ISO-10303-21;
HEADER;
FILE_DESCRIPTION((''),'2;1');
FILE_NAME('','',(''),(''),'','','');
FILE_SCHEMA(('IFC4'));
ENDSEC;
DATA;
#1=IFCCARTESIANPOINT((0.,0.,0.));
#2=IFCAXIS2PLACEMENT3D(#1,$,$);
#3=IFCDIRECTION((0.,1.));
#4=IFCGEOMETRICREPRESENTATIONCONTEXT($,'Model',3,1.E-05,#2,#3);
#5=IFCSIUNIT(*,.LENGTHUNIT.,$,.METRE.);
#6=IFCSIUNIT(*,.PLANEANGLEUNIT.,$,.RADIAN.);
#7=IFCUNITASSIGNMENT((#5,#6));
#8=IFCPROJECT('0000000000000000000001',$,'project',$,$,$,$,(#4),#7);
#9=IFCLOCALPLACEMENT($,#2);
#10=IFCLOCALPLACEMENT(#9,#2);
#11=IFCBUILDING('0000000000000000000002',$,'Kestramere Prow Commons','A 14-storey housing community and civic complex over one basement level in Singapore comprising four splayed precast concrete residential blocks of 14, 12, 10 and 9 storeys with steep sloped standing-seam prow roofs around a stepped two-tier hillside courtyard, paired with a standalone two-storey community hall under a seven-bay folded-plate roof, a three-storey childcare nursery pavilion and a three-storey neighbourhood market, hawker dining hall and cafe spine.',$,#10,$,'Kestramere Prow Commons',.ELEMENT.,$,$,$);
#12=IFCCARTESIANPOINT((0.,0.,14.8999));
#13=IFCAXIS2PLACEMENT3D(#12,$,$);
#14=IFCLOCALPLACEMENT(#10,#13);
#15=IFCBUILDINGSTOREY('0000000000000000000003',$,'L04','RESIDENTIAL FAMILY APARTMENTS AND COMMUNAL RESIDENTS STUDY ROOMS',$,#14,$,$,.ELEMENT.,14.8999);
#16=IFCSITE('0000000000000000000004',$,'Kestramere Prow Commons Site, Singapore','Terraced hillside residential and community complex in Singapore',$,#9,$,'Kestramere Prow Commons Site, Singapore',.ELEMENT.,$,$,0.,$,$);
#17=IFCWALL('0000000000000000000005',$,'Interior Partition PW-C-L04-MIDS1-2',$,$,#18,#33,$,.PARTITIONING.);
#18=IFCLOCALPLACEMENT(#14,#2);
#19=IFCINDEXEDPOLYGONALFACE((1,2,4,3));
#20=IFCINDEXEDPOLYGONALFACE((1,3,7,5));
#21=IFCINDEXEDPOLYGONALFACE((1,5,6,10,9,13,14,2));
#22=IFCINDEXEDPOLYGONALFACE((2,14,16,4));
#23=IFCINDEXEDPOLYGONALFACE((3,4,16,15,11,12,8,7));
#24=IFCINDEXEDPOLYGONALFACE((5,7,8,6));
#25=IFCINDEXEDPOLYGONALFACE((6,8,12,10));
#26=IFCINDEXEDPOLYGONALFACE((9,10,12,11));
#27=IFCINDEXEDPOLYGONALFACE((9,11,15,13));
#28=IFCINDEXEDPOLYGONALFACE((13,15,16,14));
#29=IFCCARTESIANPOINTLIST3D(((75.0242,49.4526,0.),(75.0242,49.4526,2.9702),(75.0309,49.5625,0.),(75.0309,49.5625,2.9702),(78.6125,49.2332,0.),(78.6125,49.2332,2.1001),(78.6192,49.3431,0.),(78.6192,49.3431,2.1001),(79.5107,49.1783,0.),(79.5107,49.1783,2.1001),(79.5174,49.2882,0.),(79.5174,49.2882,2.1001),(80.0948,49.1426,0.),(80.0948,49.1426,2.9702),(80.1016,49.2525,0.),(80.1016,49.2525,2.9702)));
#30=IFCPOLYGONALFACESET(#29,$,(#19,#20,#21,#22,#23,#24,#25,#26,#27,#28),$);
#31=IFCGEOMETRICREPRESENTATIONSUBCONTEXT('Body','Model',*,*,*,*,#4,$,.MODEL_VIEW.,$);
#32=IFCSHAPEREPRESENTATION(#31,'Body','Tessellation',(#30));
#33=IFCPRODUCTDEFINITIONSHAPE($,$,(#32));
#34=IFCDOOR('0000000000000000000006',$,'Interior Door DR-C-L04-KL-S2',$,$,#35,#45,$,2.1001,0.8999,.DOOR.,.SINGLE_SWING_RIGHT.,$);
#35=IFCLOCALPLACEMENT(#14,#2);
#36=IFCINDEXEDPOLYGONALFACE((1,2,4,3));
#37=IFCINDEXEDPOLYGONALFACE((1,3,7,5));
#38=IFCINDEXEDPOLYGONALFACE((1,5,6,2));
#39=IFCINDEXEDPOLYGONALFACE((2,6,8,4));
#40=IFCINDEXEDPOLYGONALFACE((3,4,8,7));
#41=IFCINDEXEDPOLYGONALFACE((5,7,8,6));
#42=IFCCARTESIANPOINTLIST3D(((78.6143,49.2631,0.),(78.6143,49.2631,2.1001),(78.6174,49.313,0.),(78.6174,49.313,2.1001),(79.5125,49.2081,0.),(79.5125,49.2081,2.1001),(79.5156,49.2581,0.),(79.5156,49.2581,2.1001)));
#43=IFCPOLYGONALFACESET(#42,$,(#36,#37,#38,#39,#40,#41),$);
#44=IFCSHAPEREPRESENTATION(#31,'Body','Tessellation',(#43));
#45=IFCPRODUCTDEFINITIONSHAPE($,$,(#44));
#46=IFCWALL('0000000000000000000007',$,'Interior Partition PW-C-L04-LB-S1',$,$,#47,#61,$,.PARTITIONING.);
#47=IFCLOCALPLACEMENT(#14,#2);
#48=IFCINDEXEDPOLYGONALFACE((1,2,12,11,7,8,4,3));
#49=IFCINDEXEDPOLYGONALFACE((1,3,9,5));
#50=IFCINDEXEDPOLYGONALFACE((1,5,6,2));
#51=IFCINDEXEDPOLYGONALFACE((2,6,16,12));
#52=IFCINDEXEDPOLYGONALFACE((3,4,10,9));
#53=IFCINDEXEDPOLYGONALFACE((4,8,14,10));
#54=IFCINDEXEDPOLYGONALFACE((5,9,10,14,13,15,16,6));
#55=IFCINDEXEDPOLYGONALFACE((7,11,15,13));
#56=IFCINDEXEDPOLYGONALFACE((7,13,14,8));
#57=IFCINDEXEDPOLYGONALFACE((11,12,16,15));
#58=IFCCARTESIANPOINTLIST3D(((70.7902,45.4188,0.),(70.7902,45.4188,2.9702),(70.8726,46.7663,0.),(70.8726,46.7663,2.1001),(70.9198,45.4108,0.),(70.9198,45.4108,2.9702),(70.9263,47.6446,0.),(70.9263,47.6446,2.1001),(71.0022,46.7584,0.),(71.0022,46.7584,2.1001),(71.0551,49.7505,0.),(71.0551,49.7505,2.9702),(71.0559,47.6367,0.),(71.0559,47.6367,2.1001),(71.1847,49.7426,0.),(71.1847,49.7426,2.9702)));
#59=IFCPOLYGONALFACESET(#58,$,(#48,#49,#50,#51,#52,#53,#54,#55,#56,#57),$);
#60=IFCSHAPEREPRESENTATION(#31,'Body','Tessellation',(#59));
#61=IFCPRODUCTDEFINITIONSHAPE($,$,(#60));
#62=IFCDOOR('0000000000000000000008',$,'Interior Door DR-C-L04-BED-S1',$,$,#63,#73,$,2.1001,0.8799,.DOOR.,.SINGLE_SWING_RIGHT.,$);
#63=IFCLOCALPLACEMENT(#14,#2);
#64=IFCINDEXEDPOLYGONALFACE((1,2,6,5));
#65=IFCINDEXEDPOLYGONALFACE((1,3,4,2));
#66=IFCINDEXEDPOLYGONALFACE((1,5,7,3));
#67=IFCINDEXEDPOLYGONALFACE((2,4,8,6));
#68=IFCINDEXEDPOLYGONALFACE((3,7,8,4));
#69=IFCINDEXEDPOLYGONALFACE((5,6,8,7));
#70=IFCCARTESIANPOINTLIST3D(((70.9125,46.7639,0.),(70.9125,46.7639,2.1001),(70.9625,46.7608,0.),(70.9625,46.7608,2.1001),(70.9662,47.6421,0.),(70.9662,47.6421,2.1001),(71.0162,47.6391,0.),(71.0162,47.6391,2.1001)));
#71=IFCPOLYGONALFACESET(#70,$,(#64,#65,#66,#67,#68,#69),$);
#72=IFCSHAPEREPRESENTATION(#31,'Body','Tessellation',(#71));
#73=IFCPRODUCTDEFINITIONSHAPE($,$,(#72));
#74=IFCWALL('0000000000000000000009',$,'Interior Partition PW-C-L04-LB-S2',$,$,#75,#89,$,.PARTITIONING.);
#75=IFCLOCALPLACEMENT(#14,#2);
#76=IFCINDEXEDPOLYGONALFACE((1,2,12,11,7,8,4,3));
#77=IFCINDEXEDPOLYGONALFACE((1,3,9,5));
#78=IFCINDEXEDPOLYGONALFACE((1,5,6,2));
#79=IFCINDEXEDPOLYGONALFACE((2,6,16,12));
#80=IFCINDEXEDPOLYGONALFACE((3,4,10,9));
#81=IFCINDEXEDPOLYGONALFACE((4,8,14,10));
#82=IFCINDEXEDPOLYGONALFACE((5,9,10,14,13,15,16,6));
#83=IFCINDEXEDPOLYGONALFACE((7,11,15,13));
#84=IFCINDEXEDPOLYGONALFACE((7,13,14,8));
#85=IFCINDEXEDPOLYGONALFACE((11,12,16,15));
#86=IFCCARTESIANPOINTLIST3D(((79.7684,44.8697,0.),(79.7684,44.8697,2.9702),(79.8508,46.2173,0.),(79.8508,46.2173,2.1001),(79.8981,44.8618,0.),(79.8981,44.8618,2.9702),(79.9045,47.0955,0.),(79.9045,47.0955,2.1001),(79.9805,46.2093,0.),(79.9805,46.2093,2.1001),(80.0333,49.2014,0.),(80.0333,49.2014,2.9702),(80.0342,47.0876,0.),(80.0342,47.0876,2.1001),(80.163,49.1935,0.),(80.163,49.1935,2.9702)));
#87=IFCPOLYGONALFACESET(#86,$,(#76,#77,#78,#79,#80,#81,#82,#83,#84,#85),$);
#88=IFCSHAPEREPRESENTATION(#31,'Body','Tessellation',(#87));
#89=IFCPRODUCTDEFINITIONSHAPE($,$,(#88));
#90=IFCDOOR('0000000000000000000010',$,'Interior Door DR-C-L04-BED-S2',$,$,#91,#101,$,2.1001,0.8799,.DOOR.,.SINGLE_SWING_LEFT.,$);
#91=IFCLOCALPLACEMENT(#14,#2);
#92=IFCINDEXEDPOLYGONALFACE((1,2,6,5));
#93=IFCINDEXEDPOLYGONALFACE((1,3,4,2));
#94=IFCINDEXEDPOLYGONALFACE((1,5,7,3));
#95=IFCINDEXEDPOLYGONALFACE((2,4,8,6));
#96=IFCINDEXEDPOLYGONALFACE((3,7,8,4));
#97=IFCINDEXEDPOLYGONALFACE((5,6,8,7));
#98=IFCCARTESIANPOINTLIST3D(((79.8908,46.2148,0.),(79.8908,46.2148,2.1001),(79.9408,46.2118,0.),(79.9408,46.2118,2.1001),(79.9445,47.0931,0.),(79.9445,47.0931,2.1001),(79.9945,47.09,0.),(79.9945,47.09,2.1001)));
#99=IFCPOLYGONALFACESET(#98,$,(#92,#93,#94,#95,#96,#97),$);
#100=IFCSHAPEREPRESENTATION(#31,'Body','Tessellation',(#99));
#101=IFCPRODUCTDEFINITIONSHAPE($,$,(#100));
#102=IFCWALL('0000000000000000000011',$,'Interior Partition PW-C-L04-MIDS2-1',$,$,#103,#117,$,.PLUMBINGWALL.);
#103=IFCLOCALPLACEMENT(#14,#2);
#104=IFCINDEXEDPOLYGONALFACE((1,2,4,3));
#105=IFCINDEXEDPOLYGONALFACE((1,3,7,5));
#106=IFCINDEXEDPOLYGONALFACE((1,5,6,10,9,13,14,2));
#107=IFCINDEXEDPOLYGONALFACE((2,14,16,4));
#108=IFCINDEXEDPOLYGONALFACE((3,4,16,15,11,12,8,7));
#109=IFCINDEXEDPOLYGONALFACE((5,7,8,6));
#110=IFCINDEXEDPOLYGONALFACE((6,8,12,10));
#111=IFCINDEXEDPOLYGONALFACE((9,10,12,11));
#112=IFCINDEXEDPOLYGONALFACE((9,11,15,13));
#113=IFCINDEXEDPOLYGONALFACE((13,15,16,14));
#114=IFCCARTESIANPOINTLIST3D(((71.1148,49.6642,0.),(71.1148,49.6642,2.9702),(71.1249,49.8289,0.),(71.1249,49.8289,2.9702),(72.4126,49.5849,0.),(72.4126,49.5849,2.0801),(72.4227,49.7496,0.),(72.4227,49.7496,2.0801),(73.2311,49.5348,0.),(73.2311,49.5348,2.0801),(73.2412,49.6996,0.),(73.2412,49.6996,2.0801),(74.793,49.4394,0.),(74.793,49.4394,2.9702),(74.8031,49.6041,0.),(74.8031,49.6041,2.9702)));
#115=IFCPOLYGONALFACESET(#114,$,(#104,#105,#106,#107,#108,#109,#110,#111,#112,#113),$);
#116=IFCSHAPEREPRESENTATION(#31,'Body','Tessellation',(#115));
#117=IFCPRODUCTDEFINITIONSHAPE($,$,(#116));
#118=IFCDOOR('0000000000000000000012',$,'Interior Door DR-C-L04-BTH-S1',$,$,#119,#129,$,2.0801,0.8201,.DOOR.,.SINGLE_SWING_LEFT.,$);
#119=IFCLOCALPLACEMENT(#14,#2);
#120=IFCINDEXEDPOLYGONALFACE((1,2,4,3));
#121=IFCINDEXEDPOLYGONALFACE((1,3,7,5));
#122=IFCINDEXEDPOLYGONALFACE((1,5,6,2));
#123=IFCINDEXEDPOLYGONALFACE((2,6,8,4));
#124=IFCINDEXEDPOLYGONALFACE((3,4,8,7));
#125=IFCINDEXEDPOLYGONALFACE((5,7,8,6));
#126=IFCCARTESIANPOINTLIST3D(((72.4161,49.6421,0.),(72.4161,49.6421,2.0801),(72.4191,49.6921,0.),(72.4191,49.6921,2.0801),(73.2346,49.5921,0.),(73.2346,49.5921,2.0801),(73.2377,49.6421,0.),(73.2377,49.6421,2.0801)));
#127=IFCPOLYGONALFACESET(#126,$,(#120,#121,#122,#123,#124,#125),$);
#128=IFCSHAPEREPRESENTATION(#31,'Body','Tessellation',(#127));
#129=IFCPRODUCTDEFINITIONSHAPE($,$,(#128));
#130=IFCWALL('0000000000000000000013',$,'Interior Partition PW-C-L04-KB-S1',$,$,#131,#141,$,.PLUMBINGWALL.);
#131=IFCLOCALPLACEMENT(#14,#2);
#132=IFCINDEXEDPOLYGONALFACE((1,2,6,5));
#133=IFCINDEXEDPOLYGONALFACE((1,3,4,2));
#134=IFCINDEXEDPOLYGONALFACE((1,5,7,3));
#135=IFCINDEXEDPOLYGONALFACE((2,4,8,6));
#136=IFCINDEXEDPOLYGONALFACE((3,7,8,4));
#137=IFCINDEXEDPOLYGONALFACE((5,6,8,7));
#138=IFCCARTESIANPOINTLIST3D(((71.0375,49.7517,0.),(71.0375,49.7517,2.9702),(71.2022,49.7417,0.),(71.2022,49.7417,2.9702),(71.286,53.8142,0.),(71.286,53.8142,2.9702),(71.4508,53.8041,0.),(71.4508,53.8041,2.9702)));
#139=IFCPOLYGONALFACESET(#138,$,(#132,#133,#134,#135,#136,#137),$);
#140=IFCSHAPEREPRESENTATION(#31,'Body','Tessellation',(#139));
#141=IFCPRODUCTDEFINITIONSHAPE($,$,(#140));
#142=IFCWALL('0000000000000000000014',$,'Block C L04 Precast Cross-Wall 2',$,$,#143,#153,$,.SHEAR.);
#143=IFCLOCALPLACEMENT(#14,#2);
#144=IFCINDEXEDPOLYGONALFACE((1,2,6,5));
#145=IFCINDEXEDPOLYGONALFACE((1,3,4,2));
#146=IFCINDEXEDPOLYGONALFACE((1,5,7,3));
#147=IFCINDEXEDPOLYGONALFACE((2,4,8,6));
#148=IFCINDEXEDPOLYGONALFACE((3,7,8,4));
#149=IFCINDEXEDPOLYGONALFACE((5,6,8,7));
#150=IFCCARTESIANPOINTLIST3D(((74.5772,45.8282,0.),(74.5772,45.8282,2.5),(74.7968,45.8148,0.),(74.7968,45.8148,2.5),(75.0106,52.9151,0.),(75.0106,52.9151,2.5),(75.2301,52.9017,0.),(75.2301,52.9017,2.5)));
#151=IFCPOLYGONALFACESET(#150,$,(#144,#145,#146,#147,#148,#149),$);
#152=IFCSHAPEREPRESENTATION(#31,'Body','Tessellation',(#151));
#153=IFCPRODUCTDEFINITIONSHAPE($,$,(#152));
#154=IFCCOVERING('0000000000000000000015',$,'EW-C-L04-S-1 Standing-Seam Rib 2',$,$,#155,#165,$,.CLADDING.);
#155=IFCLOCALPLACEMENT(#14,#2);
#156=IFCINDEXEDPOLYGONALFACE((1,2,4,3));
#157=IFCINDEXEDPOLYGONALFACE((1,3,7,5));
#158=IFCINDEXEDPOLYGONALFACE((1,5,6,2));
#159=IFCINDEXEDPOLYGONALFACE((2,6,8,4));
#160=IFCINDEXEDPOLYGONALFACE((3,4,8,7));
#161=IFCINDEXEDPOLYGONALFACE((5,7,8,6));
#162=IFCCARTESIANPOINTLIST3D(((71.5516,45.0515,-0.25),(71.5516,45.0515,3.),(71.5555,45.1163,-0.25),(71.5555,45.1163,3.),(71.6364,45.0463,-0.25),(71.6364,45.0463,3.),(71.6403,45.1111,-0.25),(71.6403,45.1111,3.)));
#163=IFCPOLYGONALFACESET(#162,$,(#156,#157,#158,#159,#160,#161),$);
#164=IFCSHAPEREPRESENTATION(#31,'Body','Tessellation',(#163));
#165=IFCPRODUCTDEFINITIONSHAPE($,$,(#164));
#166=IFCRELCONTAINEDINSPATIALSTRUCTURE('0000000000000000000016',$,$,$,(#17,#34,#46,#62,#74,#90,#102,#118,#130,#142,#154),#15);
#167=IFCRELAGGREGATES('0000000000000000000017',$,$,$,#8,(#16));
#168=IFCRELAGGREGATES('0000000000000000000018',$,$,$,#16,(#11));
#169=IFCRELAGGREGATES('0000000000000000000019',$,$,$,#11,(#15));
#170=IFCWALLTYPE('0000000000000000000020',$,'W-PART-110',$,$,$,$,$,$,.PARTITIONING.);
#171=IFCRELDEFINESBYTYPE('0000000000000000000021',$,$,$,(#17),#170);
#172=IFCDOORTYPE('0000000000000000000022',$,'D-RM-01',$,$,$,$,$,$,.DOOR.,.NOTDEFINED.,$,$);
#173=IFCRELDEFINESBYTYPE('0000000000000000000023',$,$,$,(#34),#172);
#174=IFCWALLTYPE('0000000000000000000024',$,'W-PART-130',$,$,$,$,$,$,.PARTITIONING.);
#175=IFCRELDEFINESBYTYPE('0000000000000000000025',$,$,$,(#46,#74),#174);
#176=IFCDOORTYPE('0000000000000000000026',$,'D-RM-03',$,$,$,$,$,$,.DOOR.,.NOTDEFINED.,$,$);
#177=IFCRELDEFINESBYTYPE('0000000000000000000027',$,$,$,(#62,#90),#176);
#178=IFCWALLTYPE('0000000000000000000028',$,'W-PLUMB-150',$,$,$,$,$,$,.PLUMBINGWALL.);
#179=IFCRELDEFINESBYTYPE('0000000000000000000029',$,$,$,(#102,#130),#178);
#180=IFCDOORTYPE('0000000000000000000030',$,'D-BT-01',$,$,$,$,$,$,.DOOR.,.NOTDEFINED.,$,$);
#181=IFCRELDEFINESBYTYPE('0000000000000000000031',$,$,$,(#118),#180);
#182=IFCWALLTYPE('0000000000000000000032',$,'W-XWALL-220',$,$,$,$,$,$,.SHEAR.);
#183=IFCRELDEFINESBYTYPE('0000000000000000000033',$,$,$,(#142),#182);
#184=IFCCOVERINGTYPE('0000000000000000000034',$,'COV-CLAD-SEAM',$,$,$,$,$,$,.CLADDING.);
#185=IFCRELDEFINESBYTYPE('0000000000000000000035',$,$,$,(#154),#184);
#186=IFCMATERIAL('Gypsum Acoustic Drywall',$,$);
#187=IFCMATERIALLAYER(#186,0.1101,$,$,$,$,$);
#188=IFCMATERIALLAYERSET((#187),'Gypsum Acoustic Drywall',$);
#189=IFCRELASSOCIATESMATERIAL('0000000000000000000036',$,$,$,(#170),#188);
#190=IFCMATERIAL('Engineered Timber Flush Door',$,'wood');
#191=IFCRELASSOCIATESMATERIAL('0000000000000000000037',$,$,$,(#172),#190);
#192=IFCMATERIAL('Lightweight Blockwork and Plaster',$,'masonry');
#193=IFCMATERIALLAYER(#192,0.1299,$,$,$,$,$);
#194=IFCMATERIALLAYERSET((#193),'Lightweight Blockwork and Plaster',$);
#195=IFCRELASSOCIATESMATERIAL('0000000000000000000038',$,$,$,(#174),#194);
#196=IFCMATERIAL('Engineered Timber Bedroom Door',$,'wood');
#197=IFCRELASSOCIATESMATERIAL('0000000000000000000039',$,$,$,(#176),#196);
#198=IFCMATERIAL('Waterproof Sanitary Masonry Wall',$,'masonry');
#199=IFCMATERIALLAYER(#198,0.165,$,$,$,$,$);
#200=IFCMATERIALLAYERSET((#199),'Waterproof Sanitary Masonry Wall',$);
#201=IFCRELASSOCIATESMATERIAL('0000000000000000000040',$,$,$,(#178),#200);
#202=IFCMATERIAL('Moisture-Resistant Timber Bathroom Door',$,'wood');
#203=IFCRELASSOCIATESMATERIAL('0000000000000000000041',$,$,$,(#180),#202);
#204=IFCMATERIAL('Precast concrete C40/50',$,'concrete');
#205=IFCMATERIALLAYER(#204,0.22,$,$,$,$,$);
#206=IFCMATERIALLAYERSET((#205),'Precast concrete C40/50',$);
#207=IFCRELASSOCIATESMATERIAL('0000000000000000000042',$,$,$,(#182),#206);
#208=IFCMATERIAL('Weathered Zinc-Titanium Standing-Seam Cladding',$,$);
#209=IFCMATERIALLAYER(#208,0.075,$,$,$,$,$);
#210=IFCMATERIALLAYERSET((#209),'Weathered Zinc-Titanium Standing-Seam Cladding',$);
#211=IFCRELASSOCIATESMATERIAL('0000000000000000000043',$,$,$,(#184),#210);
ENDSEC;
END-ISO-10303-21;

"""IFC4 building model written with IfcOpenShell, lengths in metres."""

from ifc_helpers import new_model, si_unit, direction, frame, frame_2d, origin, origin_2d, place, context, subcontext, project, spatial, rectangle, extrude, material, layer, layer_set, type_object, element, fill, save


model = new_model("IFC4")

# Units and contexts
model_context = context("Model", 3, precision=1e-05, world=origin(), true_north=direction((0.0, 1.0)))
body_context = subcontext(model_context, "Body", "Model", "MODEL_VIEW")
ifc_project = project(units=[si_unit("LENGTHUNIT", "METRE"), si_unit("PLANEANGLEUNIT", "RADIAN")], contexts=[model_context])

# Site, building, storey
site_placement = place(None, origin())
site = spatial("IfcSite", under=ifc_project, at=site_placement, Name="Kestramere Prow Commons Site, Singapore", Description="Terraced hillside residential and community complex in Singapore", LongName="Kestramere Prow Commons Site, Singapore", CompositionType="ELEMENT", RefElevation=0.0)
building_placement = place(site_placement, origin())
building = spatial("IfcBuilding", under=site, at=building_placement, Name="Kestramere Prow Commons", Description="A 14-storey housing community and civic complex over one basement level in Singapore comprising four splayed precast concrete residential blocks of 14, 12, 10 and 9 storeys with steep sloped standing-seam prow roofs around a stepped two-tier hillside courtyard, paired with a standalone two-storey community hall under a seven-bay folded-plate roof, a three-storey childcare nursery pavilion and a three-storey neighbourhood market, hawker dining hall and cafe spine.", LongName="Kestramere Prow Commons", CompositionType="ELEMENT")
storey_placement = place(building_placement, frame((0.0, 0.0, 14.8999)))
storey = spatial("IfcBuildingStorey", under=building, at=storey_placement, Name="L04", Description="RESIDENTIAL FAMILY APARTMENTS AND COMMUNAL RESIDENTS STUDY ROOMS", CompositionType="ELEMENT", Elevation=14.8999)

# Shared definitions
ifc_material_1 = material(Name="Precast concrete C40/50", Category="concrete")

# Walls, openings, doors
ifc_material_2 = material(Name="Gypsum Acoustic Drywall")
ifc_layer_1 = layer(ifc_material_2, 0.1101)
ifc_layer_set_1 = layer_set([ifc_layer_1], Name="Gypsum Acoustic Drywall")
wall_type_1 = type_object("IfcWallType", Name="W-PART-110", PredefinedType="PARTITIONING", material=ifc_layer_set_1)
wall_1_placement = place(storey_placement, frame((75.0276, 49.5076, 0.0), z_axis=(0.0, 0.0, 1.0), x_axis=(0.998136, -0.061035, 0.0)))
wall_1 = element("IfcWall", 1, at=wall_1_placement, inside=storey, type_object=wall_type_1, Name="Interior Partition PW-C-L04-MIDS1-2", PredefinedType="PARTITIONING", context=body_context, shape_type="SweptSolid", body=[
    extrude(rectangle(XDim=5.0801, YDim=0.1101, at=frame_2d((2.54, 0.0))), origin(), (0.0, 0.0, 1.0), 2.9702),
])
opening_1_placement = place(wall_1_placement, frame((3.595, 0.0, 0.0)))
opening_1 = element("IfcOpeningElement", 2, at=opening_1_placement, cuts=wall_1, PredefinedType="OPENING", context=body_context, shape_type="SweptSolid", body=[
    extrude(rectangle(XDim=0.8999, YDim=2.1001, at=frame_2d((0.45, 1.05))), frame((0.0, 0.0701, 0.0), z_axis=(0.0, -1.0, 0.0), x_axis=(1.0, 0.0, 0.0)), (0.0, 0.0, 1.0), 0.1401),
])
ifc_material_3 = material(Name="Engineered Timber Flush Door", Category="wood")
door_type_1 = type_object("IfcDoorType", Name="D-RM-01", OperationType="NOTDEFINED", PredefinedType="DOOR", material=ifc_material_3)
door_1_placement = place(opening_1_placement, origin())
door_1 = element("IfcDoor", 3, at=door_1_placement, inside=storey, type_object=door_type_1, Name="Interior Door DR-C-L04-KL-S2", OperationType="SINGLE_SWING_RIGHT", OverallHeight=2.1001, OverallWidth=0.8999, PredefinedType="DOOR", context=body_context, shape_type="SweptSolid", body=[
    extrude(rectangle(XDim=0.8999, YDim=2.1001, at=frame_2d((0.45, 1.05))), frame((0.0, 0.0249, 0.0), z_axis=(0.0, -1.0, 0.0), x_axis=(1.0, 0.0, 0.0)), (0.0, 0.0, 1.0), 0.05),
])
fill(opening_1, door_1)
ifc_material_4 = material(Name="Lightweight Blockwork and Plaster", Category="masonry")
ifc_layer_2 = layer(ifc_material_4, 0.1299)
ifc_layer_set_2 = layer_set([ifc_layer_2], Name="Lightweight Blockwork and Plaster")
wall_type_2 = type_object("IfcWallType", Name="W-PART-130", PredefinedType="PARTITIONING", material=ifc_layer_set_2)
wall_2_placement = place(storey_placement, frame((70.855, 45.4148, 0.0), z_axis=(0.0, 0.0, 1.0), x_axis=(0.061037, 0.998136, 0.0)))
wall_2 = element("IfcWall", 4, at=wall_2_placement, inside=storey, type_object=wall_type_2, Name="Interior Partition PW-C-L04-LB-S1", PredefinedType="PARTITIONING", context=body_context, shape_type="SweptSolid", body=[
    extrude(rectangle(XDim=4.3398, YDim=0.1299, at=frame_2d((2.1699, 0.0))), origin(), (0.0, 0.0, 1.0), 2.9702),
])
opening_2_placement = place(wall_2_placement, frame((1.3501, 0.0, 0.0)))
opening_2 = element("IfcOpeningElement", 5, at=opening_2_placement, cuts=wall_2, PredefinedType="OPENING", context=body_context, shape_type="SweptSolid", body=[
    extrude(rectangle(XDim=0.8799, YDim=2.1001, at=frame_2d((0.4399, 1.05))), frame((0.0, 0.0798, 0.0), z_axis=(0.0, -1.0, 0.0), x_axis=(1.0, 0.0, 0.0)), (0.0, 0.0, 1.0), 0.1599),
])
ifc_material_5 = material(Name="Engineered Timber Bedroom Door", Category="wood")
door_type_2 = type_object("IfcDoorType", Name="D-RM-03", OperationType="NOTDEFINED", PredefinedType="DOOR", material=ifc_material_5)
door_2_placement = place(opening_2_placement, origin())
door_2 = element("IfcDoor", 6, at=door_2_placement, inside=storey, type_object=door_type_2, Name="Interior Door DR-C-L04-BED-S1", OperationType="SINGLE_SWING_RIGHT", OverallHeight=2.1001, OverallWidth=0.8799, PredefinedType="DOOR", context=body_context, shape_type="SweptSolid", body=[
    extrude(rectangle(XDim=0.8799, YDim=2.1001, at=frame_2d((0.4399, 1.05))), frame((0.0, 0.0249, 0.0), z_axis=(0.0, -1.0, 0.0), x_axis=(1.0, 0.0, 0.0)), (0.0, 0.0, 1.0), 0.05),
])
fill(opening_2, door_2)
wall_3_placement = place(storey_placement, frame((79.8333, 44.8657, 0.0), z_axis=(0.0, 0.0, 1.0), x_axis=(0.061037, 0.998136, 0.0)))
wall_3 = element("IfcWall", 7, at=wall_3_placement, inside=storey, type_object=wall_type_2, Name="Interior Partition PW-C-L04-LB-S2", PredefinedType="PARTITIONING", context=body_context, shape_type="SweptSolid", body=[
    extrude(rectangle(XDim=4.3398, YDim=0.1299, at=frame_2d((2.1699, 0.0))), origin(), (0.0, 0.0, 1.0), 2.9702),
])
opening_3_placement = place(wall_3_placement, frame((1.3501, 0.0, 0.0)))
opening_3 = element("IfcOpeningElement", 8, at=opening_3_placement, cuts=wall_3, PredefinedType="OPENING", context=body_context, shape_type="SweptSolid", body=[
    extrude(rectangle(XDim=0.8799, YDim=2.1001, at=frame_2d((0.4399, 1.05))), frame((0.0, 0.0798, 0.0), z_axis=(0.0, -1.0, 0.0), x_axis=(1.0, 0.0, 0.0)), (0.0, 0.0, 1.0), 0.1599),
])
door_3_placement = place(opening_3_placement, origin())
door_3 = element("IfcDoor", 9, at=door_3_placement, inside=storey, type_object=door_type_2, Name="Interior Door DR-C-L04-BED-S2", OperationType="SINGLE_SWING_LEFT", OverallHeight=2.1001, OverallWidth=0.8799, PredefinedType="DOOR", context=body_context, shape_type="SweptSolid", body=[
    extrude(rectangle(XDim=0.8799, YDim=2.1001, at=frame_2d((0.4399, 1.05))), frame((0.0, 0.0249, 0.0), z_axis=(0.0, -1.0, 0.0), x_axis=(1.0, 0.0, 0.0)), (0.0, 0.0, 1.0), 0.05),
])
fill(opening_3, door_3)
ifc_material_6 = material(Name="Waterproof Sanitary Masonry Wall", Category="masonry")
ifc_layer_3 = layer(ifc_material_6, 0.165)
ifc_layer_set_3 = layer_set([ifc_layer_3], Name="Waterproof Sanitary Masonry Wall")
wall_type_3 = type_object("IfcWallType", Name="W-PLUMB-150", PredefinedType="PLUMBINGWALL", material=ifc_layer_set_3)
wall_4_placement = place(storey_placement, frame((71.1199, 49.7466, 0.0), z_axis=(0.0, 0.0, 1.0), x_axis=(0.998137, -0.061017, 0.0)))
wall_4 = element("IfcWall", 10, at=wall_4_placement, inside=storey, type_object=wall_type_3, Name="Interior Partition PW-C-L04-MIDS2-1", PredefinedType="PLUMBINGWALL", context=body_context, shape_type="SweptSolid", body=[
    extrude(rectangle(XDim=3.6851, YDim=0.165, at=frame_2d((1.8425, 0.0))), origin(), (0.0, 0.0, 1.0), 2.9702),
])
opening_4_placement = place(wall_4_placement, frame((1.3, 0.0, 0.0)))
opening_4 = element("IfcOpeningElement", 11, at=opening_4_placement, cuts=wall_4, PredefinedType="OPENING", context=body_context, shape_type="SweptSolid", body=[
    extrude(rectangle(XDim=0.8201, YDim=2.0801, at=frame_2d((0.4102, 1.04))), frame((0.0, 0.0974, 0.0), z_axis=(0.0, -1.0, 0.0), x_axis=(1.0, 0.0, 0.0)), (0.0, 0.0, 1.0), 0.1951),
])
ifc_material_7 = material(Name="Moisture-Resistant Timber Bathroom Door", Category="wood")
door_type_3 = type_object("IfcDoorType", Name="D-BT-01", OperationType="NOTDEFINED", PredefinedType="DOOR", material=ifc_material_7)
door_4_placement = place(opening_4_placement, origin())
door_4 = element("IfcDoor", 12, at=door_4_placement, inside=storey, type_object=door_type_3, Name="Interior Door DR-C-L04-BTH-S1", OperationType="SINGLE_SWING_LEFT", OverallHeight=2.0801, OverallWidth=0.8201, PredefinedType="DOOR", context=body_context, shape_type="SweptSolid", body=[
    extrude(rectangle(XDim=0.8201, YDim=2.0801, at=frame_2d((0.4102, 1.04))), frame((0.0, 0.0249, 0.0), z_axis=(0.0, -1.0, 0.0), x_axis=(1.0, 0.0, 0.0)), (0.0, 0.0, 1.0), 0.05),
])
fill(opening_4, door_4)

# Walls
wall_5_placement = place(storey_placement, frame((71.1199, 49.7466, 0.0), z_axis=(0.0, 0.0, 1.0), x_axis=(0.061064, 0.998134, 0.0)))
element("IfcWall", 13, at=wall_5_placement, inside=storey, type_object=wall_type_3, Name="Interior Partition PW-C-L04-KB-S1", PredefinedType="PLUMBINGWALL", context=body_context, shape_type="SweptSolid", body=[
    extrude(rectangle(XDim=4.0701, YDim=0.165, at=frame_2d((2.0352, 0.0))), origin(), (0.0, 0.0, 1.0), 2.9702),
])
ifc_layer_4 = layer(ifc_material_1, 0.22)
ifc_layer_set_4 = layer_set([ifc_layer_4], Name="Precast concrete C40/50")
wall_type_4 = type_object("IfcWallType", Name="W-XWALL-220", PredefinedType="SHEAR", material=ifc_layer_set_4)
wall_6_placement = place(storey_placement, frame((74.687, 45.8215, 0.0), z_axis=(0.0, 0.0, 1.0), x_axis=(0.061034, 0.998136, 0.0)))
element("IfcWall", 14, at=wall_6_placement, inside=storey, type_object=wall_type_4, Name="Block C L04 Precast Cross-Wall 2", PredefinedType="SHEAR", context=body_context, shape_type="SweptSolid", body=[
    extrude(rectangle(XDim=7.1001, YDim=0.22, at=frame_2d((3.55, 0.0))), origin(), (0.0, 0.0, 1.0), 2.5),
])

# Covering
ifc_material_8 = material(Name="Weathered Zinc-Titanium Standing-Seam Cladding")
ifc_layer_5 = layer(ifc_material_8, 0.075)
ifc_layer_set_5 = layer_set([ifc_layer_5], Name="Weathered Zinc-Titanium Standing-Seam Cladding")
covering_type = type_object("IfcCoveringType", Name="COV-CLAD-SEAM", PredefinedType="CLADDING", material=ifc_layer_set_5)
for number, where, z_axis, x_axis, name in (
    (15, (71.5959, 45.0813, -0.25), (0.0, 0.0, 1.0), (-0.998135, 0.061049, 0.0), "EW-C-L04-S-1 Standing-Seam Rib 2"),
):
    element("IfcCovering", number, at=place(storey_placement, frame(where, z_axis=z_axis, x_axis=x_axis)), inside=storey, type_object=covering_type, Name=name, PredefinedType="CLADDING", context=body_context, shape_type="SweptSolid", body=[
        extrude(rectangle(XDim=0.085, YDim=0.0649, at=origin_2d()), origin(), (0.0, 0.0, 1.0), 3.25),
    ])

save(model, "model.ifc")
